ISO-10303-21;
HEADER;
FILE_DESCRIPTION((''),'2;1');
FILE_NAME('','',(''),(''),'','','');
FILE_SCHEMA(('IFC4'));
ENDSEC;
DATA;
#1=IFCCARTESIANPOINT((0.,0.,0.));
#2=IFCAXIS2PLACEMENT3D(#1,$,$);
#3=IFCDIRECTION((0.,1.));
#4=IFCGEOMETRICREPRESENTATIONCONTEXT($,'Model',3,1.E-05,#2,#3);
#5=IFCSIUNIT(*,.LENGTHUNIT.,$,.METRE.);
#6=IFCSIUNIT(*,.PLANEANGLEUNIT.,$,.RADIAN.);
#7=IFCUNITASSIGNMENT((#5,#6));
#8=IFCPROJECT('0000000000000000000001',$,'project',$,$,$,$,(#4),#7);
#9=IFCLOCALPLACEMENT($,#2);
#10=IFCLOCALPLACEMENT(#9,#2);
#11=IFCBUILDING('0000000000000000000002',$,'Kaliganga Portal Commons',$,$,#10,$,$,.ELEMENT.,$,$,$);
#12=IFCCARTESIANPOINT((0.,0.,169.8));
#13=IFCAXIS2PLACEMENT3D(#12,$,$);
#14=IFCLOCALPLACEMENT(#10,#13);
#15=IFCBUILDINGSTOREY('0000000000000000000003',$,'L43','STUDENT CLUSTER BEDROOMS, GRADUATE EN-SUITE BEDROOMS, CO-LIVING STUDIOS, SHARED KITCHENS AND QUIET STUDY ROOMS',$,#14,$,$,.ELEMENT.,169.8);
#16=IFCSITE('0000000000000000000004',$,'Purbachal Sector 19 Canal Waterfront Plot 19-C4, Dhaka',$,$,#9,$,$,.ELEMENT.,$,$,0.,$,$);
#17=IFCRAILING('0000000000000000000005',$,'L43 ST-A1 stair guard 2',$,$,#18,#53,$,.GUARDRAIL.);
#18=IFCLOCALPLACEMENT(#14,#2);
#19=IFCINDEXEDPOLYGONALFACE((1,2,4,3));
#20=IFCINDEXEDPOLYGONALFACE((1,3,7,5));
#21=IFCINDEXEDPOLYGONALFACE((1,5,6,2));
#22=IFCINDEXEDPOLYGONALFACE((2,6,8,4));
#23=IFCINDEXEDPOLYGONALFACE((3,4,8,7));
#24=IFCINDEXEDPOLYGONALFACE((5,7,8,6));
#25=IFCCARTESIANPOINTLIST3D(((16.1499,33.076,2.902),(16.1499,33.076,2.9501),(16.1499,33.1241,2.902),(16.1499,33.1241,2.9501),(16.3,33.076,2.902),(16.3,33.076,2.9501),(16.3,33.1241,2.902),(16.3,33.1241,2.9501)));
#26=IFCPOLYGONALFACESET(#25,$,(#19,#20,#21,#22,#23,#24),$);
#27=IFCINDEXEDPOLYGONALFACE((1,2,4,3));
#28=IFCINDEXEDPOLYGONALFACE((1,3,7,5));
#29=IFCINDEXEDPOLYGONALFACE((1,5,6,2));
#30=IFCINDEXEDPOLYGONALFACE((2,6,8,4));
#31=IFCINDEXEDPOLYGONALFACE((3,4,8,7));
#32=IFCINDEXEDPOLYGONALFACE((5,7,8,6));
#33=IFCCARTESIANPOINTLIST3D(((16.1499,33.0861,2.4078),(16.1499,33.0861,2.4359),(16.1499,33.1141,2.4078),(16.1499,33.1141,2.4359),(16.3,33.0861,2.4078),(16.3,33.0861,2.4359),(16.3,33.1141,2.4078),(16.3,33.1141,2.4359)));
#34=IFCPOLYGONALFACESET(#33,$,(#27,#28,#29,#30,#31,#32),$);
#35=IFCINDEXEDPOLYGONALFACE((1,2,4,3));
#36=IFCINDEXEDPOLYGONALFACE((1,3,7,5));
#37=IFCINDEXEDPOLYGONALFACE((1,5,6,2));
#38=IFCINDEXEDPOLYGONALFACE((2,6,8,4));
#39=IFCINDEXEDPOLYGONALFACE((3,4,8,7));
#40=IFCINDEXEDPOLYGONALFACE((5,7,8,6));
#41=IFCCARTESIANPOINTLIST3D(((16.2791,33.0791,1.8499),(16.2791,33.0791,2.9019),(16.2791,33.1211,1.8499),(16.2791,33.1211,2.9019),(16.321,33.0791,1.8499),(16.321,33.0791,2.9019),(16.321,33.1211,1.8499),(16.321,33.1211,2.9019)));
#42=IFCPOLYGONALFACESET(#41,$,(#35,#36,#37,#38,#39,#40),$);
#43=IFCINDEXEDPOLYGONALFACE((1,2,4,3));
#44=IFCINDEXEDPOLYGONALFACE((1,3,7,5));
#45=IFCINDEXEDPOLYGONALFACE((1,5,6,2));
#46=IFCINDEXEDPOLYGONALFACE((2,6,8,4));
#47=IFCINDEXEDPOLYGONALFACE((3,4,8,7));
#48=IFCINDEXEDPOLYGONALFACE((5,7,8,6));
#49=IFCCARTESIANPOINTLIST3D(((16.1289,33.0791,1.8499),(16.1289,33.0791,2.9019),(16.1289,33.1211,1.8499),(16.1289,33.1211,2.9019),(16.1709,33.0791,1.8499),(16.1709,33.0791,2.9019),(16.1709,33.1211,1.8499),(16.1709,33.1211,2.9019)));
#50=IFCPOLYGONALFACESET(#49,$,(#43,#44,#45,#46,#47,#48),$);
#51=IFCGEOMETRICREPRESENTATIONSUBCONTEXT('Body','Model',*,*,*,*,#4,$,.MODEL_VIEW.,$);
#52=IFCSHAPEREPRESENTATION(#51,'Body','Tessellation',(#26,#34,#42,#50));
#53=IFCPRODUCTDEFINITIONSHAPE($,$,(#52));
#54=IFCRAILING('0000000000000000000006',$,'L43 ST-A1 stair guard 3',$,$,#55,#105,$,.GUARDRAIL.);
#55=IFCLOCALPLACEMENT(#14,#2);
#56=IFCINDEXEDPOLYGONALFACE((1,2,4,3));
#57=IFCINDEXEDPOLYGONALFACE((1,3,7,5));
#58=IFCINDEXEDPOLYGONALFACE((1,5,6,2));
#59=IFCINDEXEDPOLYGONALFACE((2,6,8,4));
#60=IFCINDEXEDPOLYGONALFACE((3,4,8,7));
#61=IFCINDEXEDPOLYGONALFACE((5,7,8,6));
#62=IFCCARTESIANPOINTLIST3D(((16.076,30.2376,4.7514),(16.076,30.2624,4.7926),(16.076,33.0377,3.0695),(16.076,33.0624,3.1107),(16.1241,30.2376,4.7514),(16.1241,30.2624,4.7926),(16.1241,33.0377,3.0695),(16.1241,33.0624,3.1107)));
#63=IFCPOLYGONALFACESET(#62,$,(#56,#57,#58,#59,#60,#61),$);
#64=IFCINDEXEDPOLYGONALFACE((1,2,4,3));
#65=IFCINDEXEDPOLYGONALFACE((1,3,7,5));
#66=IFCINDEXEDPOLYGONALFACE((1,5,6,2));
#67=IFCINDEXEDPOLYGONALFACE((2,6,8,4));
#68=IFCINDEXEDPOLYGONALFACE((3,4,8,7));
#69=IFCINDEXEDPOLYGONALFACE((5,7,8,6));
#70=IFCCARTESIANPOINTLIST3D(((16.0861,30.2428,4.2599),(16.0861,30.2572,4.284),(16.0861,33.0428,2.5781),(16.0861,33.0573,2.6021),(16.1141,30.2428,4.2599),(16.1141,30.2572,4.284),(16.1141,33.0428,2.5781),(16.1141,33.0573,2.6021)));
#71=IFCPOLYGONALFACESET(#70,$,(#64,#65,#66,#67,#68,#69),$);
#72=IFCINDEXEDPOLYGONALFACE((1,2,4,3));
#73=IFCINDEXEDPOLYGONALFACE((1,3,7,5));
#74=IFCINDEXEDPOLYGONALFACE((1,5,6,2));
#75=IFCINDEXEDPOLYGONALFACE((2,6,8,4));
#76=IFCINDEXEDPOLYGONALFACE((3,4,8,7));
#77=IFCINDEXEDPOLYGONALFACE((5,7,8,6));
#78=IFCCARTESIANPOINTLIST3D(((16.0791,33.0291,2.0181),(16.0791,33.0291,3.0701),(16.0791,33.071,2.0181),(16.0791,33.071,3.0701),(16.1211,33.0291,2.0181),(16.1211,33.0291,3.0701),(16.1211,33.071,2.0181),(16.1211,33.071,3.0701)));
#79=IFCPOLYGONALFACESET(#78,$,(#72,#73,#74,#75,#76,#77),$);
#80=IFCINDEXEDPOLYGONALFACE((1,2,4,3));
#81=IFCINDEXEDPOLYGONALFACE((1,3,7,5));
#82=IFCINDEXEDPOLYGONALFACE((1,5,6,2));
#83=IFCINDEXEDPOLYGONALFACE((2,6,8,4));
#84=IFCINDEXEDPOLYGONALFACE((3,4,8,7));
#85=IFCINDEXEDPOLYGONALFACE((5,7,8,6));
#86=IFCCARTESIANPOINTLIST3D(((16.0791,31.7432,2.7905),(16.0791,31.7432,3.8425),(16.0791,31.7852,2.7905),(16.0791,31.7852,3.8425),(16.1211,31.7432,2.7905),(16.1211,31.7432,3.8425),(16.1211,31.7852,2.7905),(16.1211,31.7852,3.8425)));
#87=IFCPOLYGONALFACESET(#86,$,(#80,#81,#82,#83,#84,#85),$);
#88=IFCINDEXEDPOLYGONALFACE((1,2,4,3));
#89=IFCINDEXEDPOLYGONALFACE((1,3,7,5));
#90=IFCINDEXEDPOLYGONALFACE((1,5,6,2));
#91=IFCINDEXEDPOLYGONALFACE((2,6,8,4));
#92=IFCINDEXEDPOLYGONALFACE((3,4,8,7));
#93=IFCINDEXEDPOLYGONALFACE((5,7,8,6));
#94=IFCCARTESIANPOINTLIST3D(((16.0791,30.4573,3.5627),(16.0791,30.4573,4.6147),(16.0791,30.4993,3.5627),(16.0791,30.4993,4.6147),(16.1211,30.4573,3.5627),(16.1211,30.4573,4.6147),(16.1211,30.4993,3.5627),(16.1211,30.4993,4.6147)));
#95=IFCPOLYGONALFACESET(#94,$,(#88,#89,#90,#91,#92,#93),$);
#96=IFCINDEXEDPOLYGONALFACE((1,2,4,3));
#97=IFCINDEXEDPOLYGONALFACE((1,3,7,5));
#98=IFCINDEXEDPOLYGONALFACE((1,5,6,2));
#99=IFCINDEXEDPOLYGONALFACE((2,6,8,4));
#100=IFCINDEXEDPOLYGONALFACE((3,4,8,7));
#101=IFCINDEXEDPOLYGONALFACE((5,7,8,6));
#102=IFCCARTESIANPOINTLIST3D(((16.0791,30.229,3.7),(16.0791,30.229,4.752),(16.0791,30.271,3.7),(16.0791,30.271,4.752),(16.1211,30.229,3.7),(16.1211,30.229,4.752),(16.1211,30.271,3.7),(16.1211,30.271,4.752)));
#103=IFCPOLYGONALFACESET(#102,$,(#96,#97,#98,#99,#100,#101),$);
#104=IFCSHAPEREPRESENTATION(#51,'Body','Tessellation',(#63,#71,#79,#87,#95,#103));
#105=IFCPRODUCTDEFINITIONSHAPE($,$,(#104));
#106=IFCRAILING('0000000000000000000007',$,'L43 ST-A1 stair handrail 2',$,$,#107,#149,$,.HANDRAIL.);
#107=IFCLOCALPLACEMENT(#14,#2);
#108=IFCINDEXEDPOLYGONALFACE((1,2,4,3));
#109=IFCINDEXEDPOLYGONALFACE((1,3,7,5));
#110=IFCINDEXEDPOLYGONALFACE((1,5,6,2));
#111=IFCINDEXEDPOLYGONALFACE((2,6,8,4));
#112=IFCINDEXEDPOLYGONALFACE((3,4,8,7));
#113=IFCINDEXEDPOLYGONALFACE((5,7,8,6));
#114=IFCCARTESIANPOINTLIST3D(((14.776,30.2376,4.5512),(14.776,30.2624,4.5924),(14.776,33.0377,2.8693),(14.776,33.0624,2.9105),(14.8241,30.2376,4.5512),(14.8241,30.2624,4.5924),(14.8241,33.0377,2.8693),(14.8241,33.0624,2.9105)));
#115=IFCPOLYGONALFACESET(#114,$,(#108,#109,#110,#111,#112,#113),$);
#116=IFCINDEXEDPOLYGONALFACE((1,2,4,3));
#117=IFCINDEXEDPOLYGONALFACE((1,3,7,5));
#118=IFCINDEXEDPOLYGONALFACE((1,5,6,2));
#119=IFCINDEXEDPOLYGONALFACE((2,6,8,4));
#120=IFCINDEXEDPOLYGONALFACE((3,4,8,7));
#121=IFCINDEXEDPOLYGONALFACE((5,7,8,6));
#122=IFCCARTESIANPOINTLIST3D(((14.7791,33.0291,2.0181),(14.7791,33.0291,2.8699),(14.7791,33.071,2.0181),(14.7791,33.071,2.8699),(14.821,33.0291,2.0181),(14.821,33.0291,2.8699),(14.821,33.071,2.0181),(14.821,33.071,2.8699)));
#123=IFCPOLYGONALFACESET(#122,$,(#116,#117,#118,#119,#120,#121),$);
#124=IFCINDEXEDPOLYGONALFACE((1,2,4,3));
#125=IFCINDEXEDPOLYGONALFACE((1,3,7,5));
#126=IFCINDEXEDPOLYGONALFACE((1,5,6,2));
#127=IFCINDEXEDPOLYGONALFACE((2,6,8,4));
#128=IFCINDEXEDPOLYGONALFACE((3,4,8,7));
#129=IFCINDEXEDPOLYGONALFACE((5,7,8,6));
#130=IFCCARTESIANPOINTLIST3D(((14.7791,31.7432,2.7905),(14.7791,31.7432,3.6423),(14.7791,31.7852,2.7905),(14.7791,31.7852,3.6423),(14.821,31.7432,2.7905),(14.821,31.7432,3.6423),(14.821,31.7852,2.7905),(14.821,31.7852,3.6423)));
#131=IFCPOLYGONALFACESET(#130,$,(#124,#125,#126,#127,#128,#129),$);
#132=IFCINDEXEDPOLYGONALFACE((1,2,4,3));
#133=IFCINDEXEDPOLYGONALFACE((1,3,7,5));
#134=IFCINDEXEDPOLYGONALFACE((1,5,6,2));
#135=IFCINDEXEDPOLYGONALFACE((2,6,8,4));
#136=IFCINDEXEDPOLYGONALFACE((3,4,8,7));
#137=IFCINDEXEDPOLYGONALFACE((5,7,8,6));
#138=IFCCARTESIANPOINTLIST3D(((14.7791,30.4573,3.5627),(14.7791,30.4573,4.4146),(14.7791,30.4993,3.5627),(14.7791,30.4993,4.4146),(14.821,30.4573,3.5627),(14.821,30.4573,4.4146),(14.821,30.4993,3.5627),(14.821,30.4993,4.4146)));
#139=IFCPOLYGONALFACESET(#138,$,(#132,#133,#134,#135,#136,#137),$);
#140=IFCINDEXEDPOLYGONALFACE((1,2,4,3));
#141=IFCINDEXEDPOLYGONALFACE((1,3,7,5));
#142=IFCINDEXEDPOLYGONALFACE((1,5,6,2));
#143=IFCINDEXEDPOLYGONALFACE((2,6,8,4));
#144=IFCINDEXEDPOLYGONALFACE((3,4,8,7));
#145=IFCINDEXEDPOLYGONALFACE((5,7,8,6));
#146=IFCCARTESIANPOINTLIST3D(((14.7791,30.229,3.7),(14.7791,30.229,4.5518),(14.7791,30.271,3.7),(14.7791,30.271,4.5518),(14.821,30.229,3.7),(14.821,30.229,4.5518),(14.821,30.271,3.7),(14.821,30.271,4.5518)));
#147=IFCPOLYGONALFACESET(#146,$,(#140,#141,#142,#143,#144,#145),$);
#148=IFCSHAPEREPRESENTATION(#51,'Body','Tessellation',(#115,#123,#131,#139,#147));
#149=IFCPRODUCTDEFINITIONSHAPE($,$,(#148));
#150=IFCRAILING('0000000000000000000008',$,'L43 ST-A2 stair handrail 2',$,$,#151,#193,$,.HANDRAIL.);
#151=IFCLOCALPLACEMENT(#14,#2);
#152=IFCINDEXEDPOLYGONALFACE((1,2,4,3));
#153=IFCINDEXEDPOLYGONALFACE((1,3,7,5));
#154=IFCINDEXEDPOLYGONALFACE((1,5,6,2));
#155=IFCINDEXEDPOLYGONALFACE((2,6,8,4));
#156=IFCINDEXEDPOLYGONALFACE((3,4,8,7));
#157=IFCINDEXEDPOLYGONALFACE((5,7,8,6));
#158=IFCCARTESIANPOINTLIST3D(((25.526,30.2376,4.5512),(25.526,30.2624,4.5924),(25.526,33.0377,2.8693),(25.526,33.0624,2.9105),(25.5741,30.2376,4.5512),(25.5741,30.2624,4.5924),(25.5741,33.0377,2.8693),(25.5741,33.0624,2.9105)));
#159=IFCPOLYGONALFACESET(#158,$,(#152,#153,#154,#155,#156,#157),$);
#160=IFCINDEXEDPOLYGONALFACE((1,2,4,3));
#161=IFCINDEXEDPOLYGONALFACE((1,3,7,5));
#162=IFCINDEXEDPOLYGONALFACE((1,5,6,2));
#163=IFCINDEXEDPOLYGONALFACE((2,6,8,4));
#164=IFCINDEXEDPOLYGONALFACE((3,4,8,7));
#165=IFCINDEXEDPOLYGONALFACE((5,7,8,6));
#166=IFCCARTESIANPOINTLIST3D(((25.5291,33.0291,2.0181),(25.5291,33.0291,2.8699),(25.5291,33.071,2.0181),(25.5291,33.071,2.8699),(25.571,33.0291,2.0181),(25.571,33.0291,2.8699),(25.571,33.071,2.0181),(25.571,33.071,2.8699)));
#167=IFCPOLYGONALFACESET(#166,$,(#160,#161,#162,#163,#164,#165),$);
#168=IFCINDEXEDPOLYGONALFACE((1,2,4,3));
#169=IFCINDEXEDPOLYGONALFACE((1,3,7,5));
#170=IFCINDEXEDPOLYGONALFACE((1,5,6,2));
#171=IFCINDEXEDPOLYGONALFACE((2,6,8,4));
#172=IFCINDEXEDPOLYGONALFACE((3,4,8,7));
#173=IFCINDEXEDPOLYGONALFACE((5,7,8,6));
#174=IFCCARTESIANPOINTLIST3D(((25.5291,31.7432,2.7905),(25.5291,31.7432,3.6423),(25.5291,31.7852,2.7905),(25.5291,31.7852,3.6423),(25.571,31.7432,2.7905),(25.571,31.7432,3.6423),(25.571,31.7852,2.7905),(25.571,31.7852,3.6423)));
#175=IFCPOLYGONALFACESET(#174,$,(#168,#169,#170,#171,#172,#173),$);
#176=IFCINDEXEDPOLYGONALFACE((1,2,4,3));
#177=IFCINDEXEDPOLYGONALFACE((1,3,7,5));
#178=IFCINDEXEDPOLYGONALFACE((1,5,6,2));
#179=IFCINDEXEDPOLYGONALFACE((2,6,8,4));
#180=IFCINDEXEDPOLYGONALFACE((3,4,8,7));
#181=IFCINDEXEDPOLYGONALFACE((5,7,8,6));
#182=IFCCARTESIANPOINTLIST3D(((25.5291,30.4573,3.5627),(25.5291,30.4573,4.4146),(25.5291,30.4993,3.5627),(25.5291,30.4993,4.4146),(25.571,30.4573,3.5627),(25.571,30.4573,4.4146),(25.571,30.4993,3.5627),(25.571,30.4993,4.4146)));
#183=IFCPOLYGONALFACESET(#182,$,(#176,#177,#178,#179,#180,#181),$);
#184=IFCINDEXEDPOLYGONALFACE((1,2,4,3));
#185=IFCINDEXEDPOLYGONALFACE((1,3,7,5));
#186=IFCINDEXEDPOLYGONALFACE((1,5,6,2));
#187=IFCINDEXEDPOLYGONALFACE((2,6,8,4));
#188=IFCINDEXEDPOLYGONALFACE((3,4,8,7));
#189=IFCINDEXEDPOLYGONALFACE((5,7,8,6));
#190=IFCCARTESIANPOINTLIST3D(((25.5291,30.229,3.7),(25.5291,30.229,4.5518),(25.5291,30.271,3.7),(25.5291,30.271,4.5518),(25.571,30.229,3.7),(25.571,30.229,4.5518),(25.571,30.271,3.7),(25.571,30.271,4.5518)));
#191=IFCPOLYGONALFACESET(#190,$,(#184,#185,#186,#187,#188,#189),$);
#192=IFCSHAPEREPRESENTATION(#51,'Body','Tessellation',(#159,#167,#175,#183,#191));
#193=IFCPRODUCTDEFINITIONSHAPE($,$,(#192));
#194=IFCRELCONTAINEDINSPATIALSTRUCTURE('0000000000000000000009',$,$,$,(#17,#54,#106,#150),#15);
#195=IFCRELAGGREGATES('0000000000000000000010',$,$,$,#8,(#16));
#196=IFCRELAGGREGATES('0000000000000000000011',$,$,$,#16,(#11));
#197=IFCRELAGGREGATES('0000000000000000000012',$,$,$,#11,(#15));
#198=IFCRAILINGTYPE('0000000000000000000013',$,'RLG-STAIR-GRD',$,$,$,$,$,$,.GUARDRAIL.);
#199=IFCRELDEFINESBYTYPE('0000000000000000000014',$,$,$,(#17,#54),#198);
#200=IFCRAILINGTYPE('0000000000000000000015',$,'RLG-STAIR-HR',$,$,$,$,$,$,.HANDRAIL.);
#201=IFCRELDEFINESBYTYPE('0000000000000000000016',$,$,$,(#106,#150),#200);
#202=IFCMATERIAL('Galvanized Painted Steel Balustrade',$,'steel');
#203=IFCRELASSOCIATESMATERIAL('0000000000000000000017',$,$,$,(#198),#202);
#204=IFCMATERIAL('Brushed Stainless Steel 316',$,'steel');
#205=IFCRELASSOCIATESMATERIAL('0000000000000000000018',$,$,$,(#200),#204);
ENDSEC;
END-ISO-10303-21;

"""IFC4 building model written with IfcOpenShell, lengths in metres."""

from ifc_helpers import new_model, si_unit, direction, frame, origin, origin_2d, place, context, subcontext, project, spatial, rectangle, extrude, material, type_object, element, save


model = new_model("IFC4")

# Units and contexts
model_context = context("Model", 3, precision=1e-05, world=origin(), true_north=direction((0.0, 1.0)))
body_context = subcontext(model_context, "Body", "Model", "MODEL_VIEW")
ifc_project = project(units=[si_unit("LENGTHUNIT", "METRE"), si_unit("PLANEANGLEUNIT", "RADIAN")], contexts=[model_context])

# Site, building, storey
site_placement = place(None, origin())
site = spatial("IfcSite", under=ifc_project, at=site_placement, Name="Purbachal Sector 19 Canal Waterfront Plot 19-C4, Dhaka", CompositionType="ELEMENT", RefElevation=0.0)
building_placement = place(site_placement, origin())
building = spatial("IfcBuilding", under=site, at=building_placement, Name="Kaliganga Portal Commons", CompositionType="ELEMENT")
storey_placement = place(building_placement, frame((0.0, 0.0, 169.8)))
storey = spatial("IfcBuildingStorey", under=building, at=storey_placement, Name="L43", Description="STUDENT CLUSTER BEDROOMS, GRADUATE EN-SUITE BEDROOMS, CO-LIVING STUDIOS, SHARED KITCHENS AND QUIET STUDY ROOMS", CompositionType="ELEMENT", Elevation=169.8)

# Railings
ifc_material_1 = material(Name="Galvanized Painted Steel Balustrade", Category="steel")
railing_type_1 = type_object("IfcRailingType", Name="RLG-STAIR-GRD", PredefinedType="GUARDRAIL", material=ifc_material_1)
railing_1_placement = place(storey_placement, frame((16.3, 33.1001, 1.8499)))
element("IfcRailing", 1, at=railing_1_placement, inside=storey, type_object=railing_type_1, Name="L43 ST-A1 stair guard 2", PredefinedType="GUARDRAIL", context=body_context, shape_type="SweptSolid", body=[
    extrude(rectangle(XDim=0.0481, YDim=0.0481, at=origin_2d()), frame((0.0, 0.0, 1.0762), z_axis=(-1.0, 0.0, 0.0), x_axis=(0.0, -1.0, 0.0)), (0.0, 0.0, 1.0), 0.1501),
    extrude(rectangle(XDim=0.0281, YDim=0.0281, at=origin_2d()), frame((0.0, 0.0, 0.572), z_axis=(-1.0, 0.0, 0.0), x_axis=(0.0, -1.0, 0.0)), (0.0, 0.0, 1.0), 0.1501),
    extrude(rectangle(XDim=0.042, YDim=0.042, at=origin_2d()), origin(), (0.0, 0.0, 1.0), 1.052),
    extrude(rectangle(XDim=0.042, YDim=0.042, at=origin_2d()), frame((-0.1501, 0.0, 0.0)), (0.0, 0.0, 1.0), 1.052),
])
railing_2_placement = place(storey_placement, frame((16.1001, 33.05, 2.0181)))
element("IfcRailing", 2, at=railing_2_placement, inside=storey, type_object=railing_type_1, Name="L43 ST-A1 stair guard 3", PredefinedType="GUARDRAIL", context=body_context, shape_type="SweptSolid", body=[
    extrude(rectangle(XDim=0.0481, YDim=0.0481, at=origin_2d()), frame((0.0, 0.0, 1.072), z_axis=(0.0, -0.857242, 0.514913), x_axis=(1.0, 0.0, 0.0)), (0.0, 0.0, 1.0), 3.2664),
    extrude(rectangle(XDim=0.0281, YDim=0.0281, at=origin_2d()), frame((0.0, 0.0, 0.572), z_axis=(0.0, -0.857242, 0.514913), x_axis=(1.0, 0.0, 0.0)), (0.0, 0.0, 1.0), 3.2664),
    extrude(rectangle(XDim=0.042, YDim=0.042, at=origin_2d()), origin(), (0.0, 0.0, 1.0), 1.052),
    extrude(rectangle(XDim=0.042, YDim=0.042, at=origin_2d()), frame((0.0, -1.2859, 0.7725)), (0.0, 0.0, 1.0), 1.052),
    extrude(rectangle(XDim=0.042, YDim=0.042, at=origin_2d()), frame((0.0, -2.5718, 1.5447)), (0.0, 0.0, 1.0), 1.052),
    extrude(rectangle(XDim=0.042, YDim=0.042, at=origin_2d()), frame((0.0, -2.8, 1.6819)), (0.0, 0.0, 1.0), 1.052),
])
ifc_material_2 = material(Name="Brushed Stainless Steel 316", Category="steel")
railing_type_2 = type_object("IfcRailingType", Name="RLG-STAIR-HR", PredefinedType="HANDRAIL", material=ifc_material_2)
for number, where, name in (
    (3, (14.8, 33.05, 2.0181), "L43 ST-A1 stair handrail 2"),
    (4, (25.55, 33.05, 2.0181), "L43 ST-A2 stair handrail 2"),
):
    element("IfcRailing", number, at=place(storey_placement, frame(where)), inside=storey, type_object=railing_type_2, Name=name, PredefinedType="HANDRAIL", context=body_context, shape_type="SweptSolid", body=[
        extrude(rectangle(XDim=0.0481, YDim=0.0481, at=origin_2d()), frame((0.0, 0.0, 0.8718), z_axis=(0.0, -0.857242, 0.514913), x_axis=(1.0, 0.0, 0.0)), (0.0, 0.0, 1.0), 3.2664),
        extrude(rectangle(XDim=0.042, YDim=0.042, at=origin_2d()), origin(), (0.0, 0.0, 1.0), 0.8518),
        extrude(rectangle(XDim=0.042, YDim=0.042, at=origin_2d()), frame((0.0, -1.2859, 0.7725)), (0.0, 0.0, 1.0), 0.8518),
        extrude(rectangle(XDim=0.042, YDim=0.042, at=origin_2d()), frame((0.0, -2.5718, 1.5447)), (0.0, 0.0, 1.0), 0.8518),
        extrude(rectangle(XDim=0.042, YDim=0.042, at=origin_2d()), frame((0.0, -2.8, 1.6819)), (0.0, 0.0, 1.0), 0.8518),
    ])

save(model, "model.ifc")
